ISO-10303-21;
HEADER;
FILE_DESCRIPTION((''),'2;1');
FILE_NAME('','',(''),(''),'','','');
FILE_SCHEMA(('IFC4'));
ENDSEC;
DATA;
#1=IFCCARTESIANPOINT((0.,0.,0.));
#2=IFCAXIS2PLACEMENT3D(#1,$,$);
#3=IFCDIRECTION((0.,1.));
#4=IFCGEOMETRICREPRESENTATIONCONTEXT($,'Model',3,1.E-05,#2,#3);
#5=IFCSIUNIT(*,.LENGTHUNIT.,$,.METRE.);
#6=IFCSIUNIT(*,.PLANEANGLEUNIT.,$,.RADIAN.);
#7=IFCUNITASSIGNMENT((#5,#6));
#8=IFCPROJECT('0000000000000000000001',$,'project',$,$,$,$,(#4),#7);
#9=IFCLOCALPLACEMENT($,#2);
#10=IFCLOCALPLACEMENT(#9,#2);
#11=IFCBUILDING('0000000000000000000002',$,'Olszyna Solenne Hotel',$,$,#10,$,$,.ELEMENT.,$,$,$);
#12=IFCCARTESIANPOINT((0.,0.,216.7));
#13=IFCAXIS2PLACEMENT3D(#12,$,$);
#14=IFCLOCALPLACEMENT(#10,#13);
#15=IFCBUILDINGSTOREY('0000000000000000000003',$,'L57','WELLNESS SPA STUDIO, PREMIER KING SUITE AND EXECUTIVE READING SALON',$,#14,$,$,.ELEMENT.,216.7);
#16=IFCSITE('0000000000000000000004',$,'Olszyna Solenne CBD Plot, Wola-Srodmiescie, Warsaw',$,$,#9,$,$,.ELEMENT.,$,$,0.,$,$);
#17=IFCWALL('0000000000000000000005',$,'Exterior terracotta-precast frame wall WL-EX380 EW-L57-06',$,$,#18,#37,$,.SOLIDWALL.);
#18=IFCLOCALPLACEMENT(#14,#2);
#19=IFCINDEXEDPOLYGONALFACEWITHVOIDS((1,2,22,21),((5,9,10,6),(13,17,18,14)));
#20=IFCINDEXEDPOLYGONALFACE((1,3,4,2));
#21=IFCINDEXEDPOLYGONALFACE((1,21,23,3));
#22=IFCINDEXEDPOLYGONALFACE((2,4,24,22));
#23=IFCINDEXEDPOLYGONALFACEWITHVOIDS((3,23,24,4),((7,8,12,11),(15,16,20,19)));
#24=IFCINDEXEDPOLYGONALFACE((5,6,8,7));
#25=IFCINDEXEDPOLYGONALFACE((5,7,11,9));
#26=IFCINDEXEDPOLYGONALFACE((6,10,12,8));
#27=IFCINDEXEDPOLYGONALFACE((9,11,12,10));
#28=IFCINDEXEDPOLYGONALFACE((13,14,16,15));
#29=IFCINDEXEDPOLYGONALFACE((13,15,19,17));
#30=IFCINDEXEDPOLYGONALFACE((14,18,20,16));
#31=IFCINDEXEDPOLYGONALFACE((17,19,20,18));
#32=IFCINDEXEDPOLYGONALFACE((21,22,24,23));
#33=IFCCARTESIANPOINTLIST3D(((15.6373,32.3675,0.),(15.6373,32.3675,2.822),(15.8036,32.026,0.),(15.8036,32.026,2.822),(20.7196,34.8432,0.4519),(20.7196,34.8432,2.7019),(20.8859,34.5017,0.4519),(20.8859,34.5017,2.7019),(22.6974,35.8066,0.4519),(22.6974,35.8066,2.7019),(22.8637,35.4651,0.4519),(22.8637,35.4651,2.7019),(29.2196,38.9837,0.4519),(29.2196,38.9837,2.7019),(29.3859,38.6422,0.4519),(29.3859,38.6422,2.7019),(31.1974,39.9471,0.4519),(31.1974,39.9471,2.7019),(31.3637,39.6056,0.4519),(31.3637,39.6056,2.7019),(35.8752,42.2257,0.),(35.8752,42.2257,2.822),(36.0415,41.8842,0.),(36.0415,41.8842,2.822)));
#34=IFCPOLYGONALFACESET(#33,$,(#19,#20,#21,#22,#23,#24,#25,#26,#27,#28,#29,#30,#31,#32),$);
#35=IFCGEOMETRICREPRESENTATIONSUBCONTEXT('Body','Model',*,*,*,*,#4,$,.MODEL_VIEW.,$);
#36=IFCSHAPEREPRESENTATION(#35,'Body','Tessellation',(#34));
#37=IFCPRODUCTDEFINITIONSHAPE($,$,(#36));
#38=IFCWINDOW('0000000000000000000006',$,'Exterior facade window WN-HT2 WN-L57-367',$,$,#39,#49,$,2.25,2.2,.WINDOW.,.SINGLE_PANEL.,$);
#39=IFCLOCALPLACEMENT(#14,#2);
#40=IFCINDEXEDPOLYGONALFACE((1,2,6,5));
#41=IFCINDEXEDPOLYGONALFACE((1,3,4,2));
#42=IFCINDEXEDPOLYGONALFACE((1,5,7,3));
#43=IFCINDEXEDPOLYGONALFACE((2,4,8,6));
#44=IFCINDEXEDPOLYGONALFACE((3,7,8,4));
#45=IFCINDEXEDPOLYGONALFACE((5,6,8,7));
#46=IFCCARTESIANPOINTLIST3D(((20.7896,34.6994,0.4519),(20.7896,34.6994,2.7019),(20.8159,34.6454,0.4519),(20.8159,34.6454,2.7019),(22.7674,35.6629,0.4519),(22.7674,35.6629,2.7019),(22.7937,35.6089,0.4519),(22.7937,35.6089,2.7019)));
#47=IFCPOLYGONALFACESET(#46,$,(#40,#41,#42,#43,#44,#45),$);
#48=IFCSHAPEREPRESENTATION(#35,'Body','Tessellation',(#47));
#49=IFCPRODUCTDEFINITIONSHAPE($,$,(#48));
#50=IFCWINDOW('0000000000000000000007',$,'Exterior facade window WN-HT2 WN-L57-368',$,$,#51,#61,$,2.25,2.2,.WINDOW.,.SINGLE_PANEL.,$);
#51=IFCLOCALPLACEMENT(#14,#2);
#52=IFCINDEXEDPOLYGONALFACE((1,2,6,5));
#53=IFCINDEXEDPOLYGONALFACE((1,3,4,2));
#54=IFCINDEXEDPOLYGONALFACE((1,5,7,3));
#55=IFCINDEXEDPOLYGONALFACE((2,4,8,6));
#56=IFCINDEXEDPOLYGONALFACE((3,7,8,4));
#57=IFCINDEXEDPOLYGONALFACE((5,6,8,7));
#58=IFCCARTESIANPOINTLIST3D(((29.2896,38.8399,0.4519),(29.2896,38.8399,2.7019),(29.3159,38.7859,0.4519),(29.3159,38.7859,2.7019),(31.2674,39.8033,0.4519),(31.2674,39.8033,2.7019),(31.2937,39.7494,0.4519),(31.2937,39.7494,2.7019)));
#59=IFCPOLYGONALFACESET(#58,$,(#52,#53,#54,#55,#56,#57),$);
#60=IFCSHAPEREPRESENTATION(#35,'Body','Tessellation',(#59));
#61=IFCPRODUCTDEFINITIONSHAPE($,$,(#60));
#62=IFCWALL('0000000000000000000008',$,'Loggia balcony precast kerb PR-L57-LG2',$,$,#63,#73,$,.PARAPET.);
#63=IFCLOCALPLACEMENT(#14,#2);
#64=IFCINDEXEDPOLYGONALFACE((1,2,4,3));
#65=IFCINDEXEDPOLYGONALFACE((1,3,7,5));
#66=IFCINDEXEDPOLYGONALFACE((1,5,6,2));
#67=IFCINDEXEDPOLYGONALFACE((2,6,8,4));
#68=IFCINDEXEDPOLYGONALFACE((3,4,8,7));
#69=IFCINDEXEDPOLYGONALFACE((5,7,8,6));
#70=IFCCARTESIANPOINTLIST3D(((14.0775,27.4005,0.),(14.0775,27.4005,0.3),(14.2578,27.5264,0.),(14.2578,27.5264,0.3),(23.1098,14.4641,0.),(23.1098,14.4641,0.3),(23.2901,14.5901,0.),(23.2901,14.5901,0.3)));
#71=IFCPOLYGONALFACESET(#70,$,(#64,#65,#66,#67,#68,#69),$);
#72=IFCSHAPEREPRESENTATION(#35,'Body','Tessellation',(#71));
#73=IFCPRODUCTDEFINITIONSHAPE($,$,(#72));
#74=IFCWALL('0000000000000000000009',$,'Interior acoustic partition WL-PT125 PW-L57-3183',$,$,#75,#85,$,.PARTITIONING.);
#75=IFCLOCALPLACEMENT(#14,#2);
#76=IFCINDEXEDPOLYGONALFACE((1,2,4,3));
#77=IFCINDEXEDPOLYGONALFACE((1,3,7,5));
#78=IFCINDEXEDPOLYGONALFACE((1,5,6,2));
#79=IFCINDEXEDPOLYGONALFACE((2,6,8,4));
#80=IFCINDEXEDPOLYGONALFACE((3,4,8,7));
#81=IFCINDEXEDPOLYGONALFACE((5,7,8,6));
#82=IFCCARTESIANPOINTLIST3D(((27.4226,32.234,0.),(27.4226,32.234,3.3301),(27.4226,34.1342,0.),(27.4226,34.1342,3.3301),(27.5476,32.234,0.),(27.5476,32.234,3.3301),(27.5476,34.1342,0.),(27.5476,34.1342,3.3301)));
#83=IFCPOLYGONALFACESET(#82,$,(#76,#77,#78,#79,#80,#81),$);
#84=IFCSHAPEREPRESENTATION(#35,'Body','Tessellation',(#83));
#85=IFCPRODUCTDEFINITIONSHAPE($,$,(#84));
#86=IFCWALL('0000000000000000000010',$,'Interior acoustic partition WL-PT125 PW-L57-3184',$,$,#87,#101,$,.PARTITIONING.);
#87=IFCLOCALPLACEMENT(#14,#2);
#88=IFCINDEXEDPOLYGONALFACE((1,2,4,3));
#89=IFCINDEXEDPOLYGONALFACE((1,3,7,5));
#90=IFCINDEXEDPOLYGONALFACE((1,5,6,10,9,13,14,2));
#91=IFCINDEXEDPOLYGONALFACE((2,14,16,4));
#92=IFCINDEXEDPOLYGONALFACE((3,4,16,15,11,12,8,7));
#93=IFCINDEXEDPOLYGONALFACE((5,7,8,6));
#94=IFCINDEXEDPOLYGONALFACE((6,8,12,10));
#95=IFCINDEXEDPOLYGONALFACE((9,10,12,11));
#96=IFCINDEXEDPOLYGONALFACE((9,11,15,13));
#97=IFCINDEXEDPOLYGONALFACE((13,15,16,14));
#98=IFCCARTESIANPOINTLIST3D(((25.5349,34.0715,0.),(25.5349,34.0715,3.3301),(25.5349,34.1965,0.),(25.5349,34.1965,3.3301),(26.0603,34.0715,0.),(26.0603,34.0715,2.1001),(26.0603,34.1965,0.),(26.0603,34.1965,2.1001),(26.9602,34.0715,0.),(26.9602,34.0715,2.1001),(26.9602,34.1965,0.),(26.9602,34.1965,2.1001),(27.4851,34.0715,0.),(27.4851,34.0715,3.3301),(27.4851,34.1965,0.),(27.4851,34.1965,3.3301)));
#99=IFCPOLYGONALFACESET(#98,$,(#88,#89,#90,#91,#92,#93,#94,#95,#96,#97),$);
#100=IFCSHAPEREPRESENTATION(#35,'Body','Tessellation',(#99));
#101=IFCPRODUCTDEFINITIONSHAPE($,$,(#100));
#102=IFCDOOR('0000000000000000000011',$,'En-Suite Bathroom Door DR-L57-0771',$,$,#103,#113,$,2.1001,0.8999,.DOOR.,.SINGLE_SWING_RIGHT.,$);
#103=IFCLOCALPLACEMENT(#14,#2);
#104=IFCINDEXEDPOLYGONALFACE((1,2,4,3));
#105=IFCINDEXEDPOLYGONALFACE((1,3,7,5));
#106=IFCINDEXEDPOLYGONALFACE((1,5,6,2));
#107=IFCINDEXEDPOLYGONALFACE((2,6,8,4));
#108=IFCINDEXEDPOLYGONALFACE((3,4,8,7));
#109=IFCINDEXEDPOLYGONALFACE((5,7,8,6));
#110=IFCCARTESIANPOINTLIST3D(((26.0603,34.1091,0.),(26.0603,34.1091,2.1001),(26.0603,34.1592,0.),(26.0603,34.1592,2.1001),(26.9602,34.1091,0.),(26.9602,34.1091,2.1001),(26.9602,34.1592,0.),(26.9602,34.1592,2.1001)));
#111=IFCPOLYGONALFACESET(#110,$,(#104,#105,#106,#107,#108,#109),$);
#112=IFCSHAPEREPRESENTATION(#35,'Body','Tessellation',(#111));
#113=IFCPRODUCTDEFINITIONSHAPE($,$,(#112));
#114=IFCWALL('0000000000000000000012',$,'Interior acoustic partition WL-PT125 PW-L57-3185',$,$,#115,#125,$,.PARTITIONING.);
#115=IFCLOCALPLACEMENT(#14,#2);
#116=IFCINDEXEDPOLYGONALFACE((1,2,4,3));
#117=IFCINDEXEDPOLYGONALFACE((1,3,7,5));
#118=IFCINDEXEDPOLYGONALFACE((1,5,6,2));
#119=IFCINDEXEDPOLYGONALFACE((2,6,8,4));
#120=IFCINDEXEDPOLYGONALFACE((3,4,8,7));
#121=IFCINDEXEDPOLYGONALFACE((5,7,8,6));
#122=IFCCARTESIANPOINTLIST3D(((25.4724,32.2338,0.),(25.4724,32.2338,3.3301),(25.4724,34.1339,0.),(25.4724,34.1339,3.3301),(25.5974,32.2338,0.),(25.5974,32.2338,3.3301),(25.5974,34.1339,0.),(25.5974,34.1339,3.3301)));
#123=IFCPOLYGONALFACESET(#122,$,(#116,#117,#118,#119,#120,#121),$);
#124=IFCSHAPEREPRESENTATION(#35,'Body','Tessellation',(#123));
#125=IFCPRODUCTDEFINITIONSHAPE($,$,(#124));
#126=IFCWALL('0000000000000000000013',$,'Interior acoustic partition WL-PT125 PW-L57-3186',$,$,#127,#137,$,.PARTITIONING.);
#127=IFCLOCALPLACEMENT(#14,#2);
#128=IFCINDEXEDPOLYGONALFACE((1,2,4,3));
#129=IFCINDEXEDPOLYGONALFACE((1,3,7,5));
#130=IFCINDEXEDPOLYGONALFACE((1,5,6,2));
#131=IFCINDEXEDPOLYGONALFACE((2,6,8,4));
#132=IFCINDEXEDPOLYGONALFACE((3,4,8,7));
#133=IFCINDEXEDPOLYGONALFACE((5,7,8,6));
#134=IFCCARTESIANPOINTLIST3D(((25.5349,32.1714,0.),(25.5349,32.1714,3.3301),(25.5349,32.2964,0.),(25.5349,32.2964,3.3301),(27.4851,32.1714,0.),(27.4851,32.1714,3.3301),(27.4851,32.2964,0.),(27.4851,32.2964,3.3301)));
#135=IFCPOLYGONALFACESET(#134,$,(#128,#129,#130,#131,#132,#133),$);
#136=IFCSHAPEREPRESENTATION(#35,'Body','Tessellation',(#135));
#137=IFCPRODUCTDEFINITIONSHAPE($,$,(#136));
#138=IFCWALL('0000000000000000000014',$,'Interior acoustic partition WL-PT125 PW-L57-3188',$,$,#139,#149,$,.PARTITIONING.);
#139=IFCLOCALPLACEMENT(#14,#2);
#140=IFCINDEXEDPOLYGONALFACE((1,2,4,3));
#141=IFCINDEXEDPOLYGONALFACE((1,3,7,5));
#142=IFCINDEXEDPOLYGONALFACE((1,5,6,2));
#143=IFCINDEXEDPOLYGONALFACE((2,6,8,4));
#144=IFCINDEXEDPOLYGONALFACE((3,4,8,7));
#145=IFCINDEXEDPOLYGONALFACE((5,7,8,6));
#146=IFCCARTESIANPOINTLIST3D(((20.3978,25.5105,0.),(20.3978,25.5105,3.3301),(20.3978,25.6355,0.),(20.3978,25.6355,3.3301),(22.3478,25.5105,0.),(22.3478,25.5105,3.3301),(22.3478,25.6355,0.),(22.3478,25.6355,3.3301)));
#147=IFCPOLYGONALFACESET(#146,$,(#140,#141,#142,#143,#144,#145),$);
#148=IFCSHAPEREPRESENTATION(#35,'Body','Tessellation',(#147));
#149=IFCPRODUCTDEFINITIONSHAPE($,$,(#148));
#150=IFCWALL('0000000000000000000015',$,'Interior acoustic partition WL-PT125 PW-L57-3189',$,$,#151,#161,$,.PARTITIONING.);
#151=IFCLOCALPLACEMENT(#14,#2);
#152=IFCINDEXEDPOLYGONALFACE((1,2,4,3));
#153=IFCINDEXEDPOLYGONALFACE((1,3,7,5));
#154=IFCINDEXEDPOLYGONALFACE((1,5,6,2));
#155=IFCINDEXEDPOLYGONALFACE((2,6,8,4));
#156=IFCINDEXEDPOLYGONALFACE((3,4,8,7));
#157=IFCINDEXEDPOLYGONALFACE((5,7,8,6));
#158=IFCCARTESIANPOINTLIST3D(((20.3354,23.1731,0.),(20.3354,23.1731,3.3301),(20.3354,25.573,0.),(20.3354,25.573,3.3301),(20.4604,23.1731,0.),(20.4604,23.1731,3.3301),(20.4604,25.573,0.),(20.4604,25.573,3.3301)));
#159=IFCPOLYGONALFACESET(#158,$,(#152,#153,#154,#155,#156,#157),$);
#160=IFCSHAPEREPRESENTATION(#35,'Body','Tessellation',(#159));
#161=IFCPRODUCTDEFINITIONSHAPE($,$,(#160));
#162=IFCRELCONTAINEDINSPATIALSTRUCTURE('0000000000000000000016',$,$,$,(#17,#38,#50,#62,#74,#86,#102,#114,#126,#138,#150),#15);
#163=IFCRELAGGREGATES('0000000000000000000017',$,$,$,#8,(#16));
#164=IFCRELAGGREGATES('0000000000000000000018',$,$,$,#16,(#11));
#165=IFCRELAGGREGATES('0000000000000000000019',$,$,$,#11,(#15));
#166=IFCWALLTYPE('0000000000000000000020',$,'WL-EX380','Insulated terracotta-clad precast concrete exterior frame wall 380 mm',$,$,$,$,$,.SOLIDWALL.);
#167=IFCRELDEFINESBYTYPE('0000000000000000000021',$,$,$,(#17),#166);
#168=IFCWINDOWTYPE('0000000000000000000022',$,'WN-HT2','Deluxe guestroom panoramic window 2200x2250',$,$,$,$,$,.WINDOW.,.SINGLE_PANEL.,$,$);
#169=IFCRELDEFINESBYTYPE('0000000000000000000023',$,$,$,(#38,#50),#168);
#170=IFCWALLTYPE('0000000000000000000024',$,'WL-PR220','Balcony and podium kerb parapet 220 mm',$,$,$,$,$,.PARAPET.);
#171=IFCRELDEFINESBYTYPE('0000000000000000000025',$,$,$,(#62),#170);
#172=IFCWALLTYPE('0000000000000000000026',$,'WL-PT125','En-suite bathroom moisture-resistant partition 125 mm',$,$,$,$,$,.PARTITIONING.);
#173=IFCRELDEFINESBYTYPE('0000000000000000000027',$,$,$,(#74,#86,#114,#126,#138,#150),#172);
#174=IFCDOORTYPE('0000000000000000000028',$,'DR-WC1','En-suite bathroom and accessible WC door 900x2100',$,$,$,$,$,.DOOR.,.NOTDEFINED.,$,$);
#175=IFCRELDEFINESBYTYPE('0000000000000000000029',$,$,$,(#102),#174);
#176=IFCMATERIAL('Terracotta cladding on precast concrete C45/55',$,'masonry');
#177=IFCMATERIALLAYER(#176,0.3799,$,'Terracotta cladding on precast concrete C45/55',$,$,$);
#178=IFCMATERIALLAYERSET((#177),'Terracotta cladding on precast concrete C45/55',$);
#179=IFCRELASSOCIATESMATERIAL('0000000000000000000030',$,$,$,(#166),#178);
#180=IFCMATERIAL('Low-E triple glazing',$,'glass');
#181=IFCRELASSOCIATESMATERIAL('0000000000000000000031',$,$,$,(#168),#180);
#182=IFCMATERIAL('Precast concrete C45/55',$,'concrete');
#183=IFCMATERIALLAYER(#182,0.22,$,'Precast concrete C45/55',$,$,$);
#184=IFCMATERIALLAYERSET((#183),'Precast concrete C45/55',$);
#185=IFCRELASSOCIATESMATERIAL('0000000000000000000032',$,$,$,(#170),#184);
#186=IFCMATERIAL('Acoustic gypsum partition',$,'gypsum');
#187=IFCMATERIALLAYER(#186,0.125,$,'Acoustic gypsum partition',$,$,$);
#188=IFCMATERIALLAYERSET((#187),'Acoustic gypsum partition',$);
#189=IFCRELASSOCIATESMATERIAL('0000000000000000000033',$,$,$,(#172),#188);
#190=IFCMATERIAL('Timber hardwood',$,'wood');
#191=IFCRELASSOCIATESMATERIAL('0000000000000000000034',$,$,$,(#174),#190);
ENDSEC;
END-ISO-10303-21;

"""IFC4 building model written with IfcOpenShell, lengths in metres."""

from ifc_helpers import new_model, si_unit, direction, frame, frame_2d, origin, place, context, subcontext, project, spatial, rectangle, extrude, source, transform, mapped, material, layer, layer_set, type_object, type_shapes, element, fill, save


model = new_model("IFC4")

# Units and contexts
model_context = context("Model", 3, precision=1e-05, world=origin(), true_north=direction((0.0, 1.0)))
body_context = subcontext(model_context, "Body", "Model", "MODEL_VIEW")
ifc_project = project(units=[si_unit("LENGTHUNIT", "METRE"), si_unit("PLANEANGLEUNIT", "RADIAN")], contexts=[model_context])

# Site, building, storey
site_placement = place(None, origin())
site = spatial("IfcSite", under=ifc_project, at=site_placement, Name="Olszyna Solenne CBD Plot, Wola-Srodmiescie, Warsaw", CompositionType="ELEMENT", RefElevation=0.0)
building_placement = place(site_placement, origin())
building = spatial("IfcBuilding", under=site, at=building_placement, Name="Olszyna Solenne Hotel", CompositionType="ELEMENT")
storey_placement = place(building_placement, frame((0.0, 0.0, 216.7)))
storey = spatial("IfcBuildingStorey", under=building, at=storey_placement, Name="L57", Description="WELLNESS SPA STUDIO, PREMIER KING SUITE AND EXECUTIVE READING SALON", CompositionType="ELEMENT", Elevation=216.7)

# Shared definitions
ifc_material_1 = material(Name="Terracotta cladding on precast concrete C45/55", Category="masonry")
ifc_layer_1 = layer(ifc_material_1, 0.3799, Name="Terracotta cladding on precast concrete C45/55")
ifc_layer_set_1 = layer_set([ifc_layer_1], Name="Terracotta cladding on precast concrete C45/55")
wall_type_1 = type_object("IfcWallType", Name="WL-EX380", Description="Insulated terracotta-clad precast concrete exterior frame wall 380 mm", PredefinedType="SOLIDWALL", material=ifc_layer_set_1)

# Wall, openings, windows
wall_1_placement = place(storey_placement, frame((15.7205, 32.1968, 0.0), z_axis=(0.0, 0.0, 1.0), x_axis=(0.899012, 0.437923, 0.0)))
wall_1 = element("IfcWall", 1, at=wall_1_placement, inside=storey, type_object=wall_type_1, Name="Exterior terracotta-precast frame wall WL-EX380 EW-L57-06", PredefinedType="SOLIDWALL", context=body_context, shape_type="SweptSolid", body=[
    extrude(rectangle(XDim=22.5112, YDim=0.3799, at=frame_2d((11.2556, 0.0))), origin(), (0.0, 0.0, 1.0), 2.822),
])
opening_1_placement = place(wall_1_placement, frame((5.6531, 0.0, 0.4519)))
opening_1 = element("IfcOpeningElement", 2, at=opening_1_placement, cuts=wall_1, PredefinedType="OPENING", context=body_context, shape_type="SweptSolid", body=[
    extrude(rectangle(XDim=2.2, YDim=2.25, at=frame_2d((1.1001, 1.125))), frame((0.0, 0.2, 0.0), z_axis=(0.0, -1.0, 0.0), x_axis=(1.0, 0.0, 0.0)), (0.0, 0.0, 1.0), 0.3999),
])
opening_2_placement = place(wall_1_placement, frame((15.1079, 0.0, 0.4519)))
opening_2 = element("IfcOpeningElement", 3, at=opening_2_placement, cuts=wall_1, PredefinedType="OPENING", context=body_context, shape_type="SweptSolid", body=[
    extrude(rectangle(XDim=2.2, YDim=2.25, at=frame_2d((1.1001, 1.125))), frame((0.0, 0.2, 0.0), z_axis=(0.0, -1.0, 0.0), x_axis=(1.0, 0.0, 0.0)), (0.0, 0.0, 1.0), 0.3999),
])
ifc_material_2 = material(Name="Low-E triple glazing", Category="glass")
window_type = type_object("IfcWindowType", Name="WN-HT2", Description="Deluxe guestroom panoramic window 2200x2250", PartitioningType="SINGLE_PANEL", PredefinedType="WINDOW", material=ifc_material_2)
shared_shape_1 = source(origin(), body_context, "Body", "SweptSolid", [
    extrude(rectangle(XDim=2.2, YDim=2.25, at=frame_2d((1.1001, 1.125))), frame((0.0, 0.03, 0.0), z_axis=(0.0, -1.0, 0.0), x_axis=(1.0, 0.0, 0.0)), (0.0, 0.0, 1.0), 0.0601),
])
type_shapes(window_type, [shared_shape_1])
window_1_placement = place(opening_1_placement, origin())
window_1 = element("IfcWindow", 4, at=window_1_placement, inside=storey, type_object=window_type, Name="Exterior facade window WN-HT2 WN-L57-367", OverallHeight=2.25, OverallWidth=2.2, PartitioningType="SINGLE_PANEL", PredefinedType="WINDOW", context=body_context, shape_type="MappedRepresentation", body=[
    mapped(shared_shape_1, transform((0.0, 0.0, 0.0), x_axis=(1.0, 0.0, 0.0), y_axis=(0.0, 1.0, 0.0), z_axis=(0.0, 0.0, 1.0), scale=1.0)),
])
fill(opening_1, window_1)
window_2_placement = place(opening_2_placement, origin())
window_2 = element("IfcWindow", 5, at=window_2_placement, inside=storey, type_object=window_type, Name="Exterior facade window WN-HT2 WN-L57-368", OverallHeight=2.25, OverallWidth=2.2, PartitioningType="SINGLE_PANEL", PredefinedType="WINDOW", context=body_context, shape_type="MappedRepresentation", body=[
    mapped(shared_shape_1, transform((0.0, 0.0, 0.0), x_axis=(1.0, 0.0, 0.0), y_axis=(0.0, 1.0, 0.0), z_axis=(0.0, 0.0, 1.0), scale=1.0)),
])
fill(opening_2, window_2)

# Walls
ifc_material_3 = material(Name="Precast concrete C45/55", Category="concrete")
ifc_layer_2 = layer(ifc_material_3, 0.22, Name="Precast concrete C45/55")
ifc_layer_set_2 = layer_set([ifc_layer_2], Name="Precast concrete C45/55")
wall_type_2 = type_object("IfcWallType", Name="WL-PR220", Description="Balcony and podium kerb parapet 220 mm", PredefinedType="PARAPET", material=ifc_layer_set_2)
wall_2_placement = place(storey_placement, frame((14.1677, 27.4634, 0.0), z_axis=(0.0, 0.0, 1.0), x_axis=(0.572476, -0.819921, 0.0)))
element("IfcWall", 6, at=wall_2_placement, inside=storey, type_object=wall_type_2, Name="Loggia balcony precast kerb PR-L57-LG2", PredefinedType="PARAPET", context=body_context, shape_type="SweptSolid", body=[
    extrude(rectangle(XDim=15.7776, YDim=0.22, at=frame_2d((7.8887, 0.0))), origin(), (0.0, 0.0, 1.0), 0.3),
])
ifc_material_4 = material(Name="Acoustic gypsum partition", Category="gypsum")
ifc_layer_3 = layer(ifc_material_4, 0.125, Name="Acoustic gypsum partition")
ifc_layer_set_3 = layer_set([ifc_layer_3], Name="Acoustic gypsum partition")
wall_type_3 = type_object("IfcWallType", Name="WL-PT125", Description="En-suite bathroom moisture-resistant partition 125 mm", PredefinedType="PARTITIONING", material=ifc_layer_set_3)
wall_3_placement = place(storey_placement, frame((27.4851, 32.2339, 0.0), z_axis=(0.0, 0.0, 1.0), x_axis=(0.0, 1.0, 0.0)))
element("IfcWall", 7, at=wall_3_placement, inside=storey, type_object=wall_type_3, Name="Interior acoustic partition WL-PT125 PW-L57-3183", PredefinedType="PARTITIONING", context=body_context, shape_type="SweptSolid", body=[
    extrude(rectangle(XDim=1.9001, YDim=0.125, at=frame_2d((0.9502, 0.0))), origin(), (0.0, 0.0, 1.0), 3.3301),
])

# Wall, opening, door
wall_4_placement = place(storey_placement, frame((27.4851, 34.134, 0.0), z_axis=(0.0, 0.0, 1.0), x_axis=(-1.0, 0.0, 0.0)))
wall_4 = element("IfcWall", 8, at=wall_4_placement, inside=storey, type_object=wall_type_3, Name="Interior acoustic partition WL-PT125 PW-L57-3184", PredefinedType="PARTITIONING", context=body_context, shape_type="SweptSolid", body=[
    extrude(rectangle(XDim=1.9502, YDim=0.125, at=frame_2d((0.9751, 0.0))), origin(), (0.0, 0.0, 1.0), 3.3301),
])
opening_3_placement = place(wall_4_placement, frame((0.5249, 0.0, 0.0)))
opening_3 = element("IfcOpeningElement", 9, at=opening_3_placement, cuts=wall_4, PredefinedType="OPENING", context=body_context, shape_type="SweptSolid", body=[
    extrude(rectangle(XDim=0.8999, YDim=2.1001, at=frame_2d((0.45, 1.05))), frame((0.0, 0.0725, 0.0), z_axis=(0.0, -1.0, 0.0), x_axis=(1.0, 0.0, 0.0)), (0.0, 0.0, 1.0), 0.145),
])
ifc_material_5 = material(Name="Timber hardwood", Category="wood")
door_type = type_object("IfcDoorType", Name="DR-WC1", Description="En-suite bathroom and accessible WC door 900x2100", OperationType="NOTDEFINED", PredefinedType="DOOR", material=ifc_material_5)
shared_shape_2 = source(origin(), body_context, "Body", "SweptSolid", [
    extrude(rectangle(XDim=0.8999, YDim=2.1001, at=frame_2d((0.45, 1.05))), frame((0.0, 0.0249, 0.0), z_axis=(0.0, -1.0, 0.0), x_axis=(1.0, 0.0, 0.0)), (0.0, 0.0, 1.0), 0.05),
])
type_shapes(door_type, [shared_shape_2])
door_placement = place(opening_3_placement, origin())
door = element("IfcDoor", 10, at=door_placement, inside=storey, type_object=door_type, Name="En-Suite Bathroom Door DR-L57-0771", OperationType="SINGLE_SWING_RIGHT", OverallHeight=2.1001, OverallWidth=0.8999, PredefinedType="DOOR", context=body_context, shape_type="MappedRepresentation", body=[
    mapped(shared_shape_2, transform((0.0, 0.0, 0.0), x_axis=(1.0, 0.0, 0.0), y_axis=(0.0, 1.0, 0.0), z_axis=(0.0, 0.0, 1.0), scale=1.0)),
])
fill(opening_3, door)

# Walls
wall_5_placement = place(storey_placement, frame((25.5349, 34.134, 0.0), z_axis=(0.0, 0.0, 1.0), x_axis=(0.0, -1.0, 0.0)))
element("IfcWall", 11, at=wall_5_placement, inside=storey, type_object=wall_type_3, Name="Interior acoustic partition WL-PT125 PW-L57-3185", PredefinedType="PARTITIONING", context=body_context, shape_type="SweptSolid", body=[
    extrude(rectangle(XDim=1.9001, YDim=0.125, at=frame_2d((0.9502, 0.0))), origin(), (0.0, 0.0, 1.0), 3.3301),
])
wall_6_placement = place(storey_placement, frame((25.5349, 32.2339, 0.0), z_axis=(0.0, 0.0, 1.0), x_axis=(1.0, 0.0, 0.0)))
element("IfcWall", 12, at=wall_6_placement, inside=storey, type_object=wall_type_3, Name="Interior acoustic partition WL-PT125 PW-L57-3186", PredefinedType="PARTITIONING", context=body_context, shape_type="SweptSolid", body=[
    extrude(rectangle(XDim=1.9502, YDim=0.125, at=frame_2d((0.9751, 0.0))), origin(), (0.0, 0.0, 1.0), 3.3301),
])
wall_7_placement = place(storey_placement, frame((22.3479, 25.573, 0.0), z_axis=(0.0, 0.0, 1.0), x_axis=(-1.0, 0.0, 0.0)))
element("IfcWall", 13, at=wall_7_placement, inside=storey, type_object=wall_type_3, Name="Interior acoustic partition WL-PT125 PW-L57-3188", PredefinedType="PARTITIONING", context=body_context, shape_type="SweptSolid", body=[
    extrude(rectangle(XDim=1.95, YDim=0.125, at=frame_2d((0.9751, 0.0))), origin(), (0.0, 0.0, 1.0), 3.3301),
])
wall_8_placement = place(storey_placement, frame((20.3979, 25.573, 0.0), z_axis=(0.0, 0.0, 1.0), x_axis=(0.0, -1.0, 0.0)))
element("IfcWall", 14, at=wall_8_placement, inside=storey, type_object=wall_type_3, Name="Interior acoustic partition WL-PT125 PW-L57-3189", PredefinedType="PARTITIONING", context=body_context, shape_type="SweptSolid", body=[
    extrude(rectangle(XDim=2.3999, YDim=0.125, at=frame_2d((1.2, 0.0))), origin(), (0.0, 0.0, 1.0), 3.3301),
])

save(model, "model.ifc")
